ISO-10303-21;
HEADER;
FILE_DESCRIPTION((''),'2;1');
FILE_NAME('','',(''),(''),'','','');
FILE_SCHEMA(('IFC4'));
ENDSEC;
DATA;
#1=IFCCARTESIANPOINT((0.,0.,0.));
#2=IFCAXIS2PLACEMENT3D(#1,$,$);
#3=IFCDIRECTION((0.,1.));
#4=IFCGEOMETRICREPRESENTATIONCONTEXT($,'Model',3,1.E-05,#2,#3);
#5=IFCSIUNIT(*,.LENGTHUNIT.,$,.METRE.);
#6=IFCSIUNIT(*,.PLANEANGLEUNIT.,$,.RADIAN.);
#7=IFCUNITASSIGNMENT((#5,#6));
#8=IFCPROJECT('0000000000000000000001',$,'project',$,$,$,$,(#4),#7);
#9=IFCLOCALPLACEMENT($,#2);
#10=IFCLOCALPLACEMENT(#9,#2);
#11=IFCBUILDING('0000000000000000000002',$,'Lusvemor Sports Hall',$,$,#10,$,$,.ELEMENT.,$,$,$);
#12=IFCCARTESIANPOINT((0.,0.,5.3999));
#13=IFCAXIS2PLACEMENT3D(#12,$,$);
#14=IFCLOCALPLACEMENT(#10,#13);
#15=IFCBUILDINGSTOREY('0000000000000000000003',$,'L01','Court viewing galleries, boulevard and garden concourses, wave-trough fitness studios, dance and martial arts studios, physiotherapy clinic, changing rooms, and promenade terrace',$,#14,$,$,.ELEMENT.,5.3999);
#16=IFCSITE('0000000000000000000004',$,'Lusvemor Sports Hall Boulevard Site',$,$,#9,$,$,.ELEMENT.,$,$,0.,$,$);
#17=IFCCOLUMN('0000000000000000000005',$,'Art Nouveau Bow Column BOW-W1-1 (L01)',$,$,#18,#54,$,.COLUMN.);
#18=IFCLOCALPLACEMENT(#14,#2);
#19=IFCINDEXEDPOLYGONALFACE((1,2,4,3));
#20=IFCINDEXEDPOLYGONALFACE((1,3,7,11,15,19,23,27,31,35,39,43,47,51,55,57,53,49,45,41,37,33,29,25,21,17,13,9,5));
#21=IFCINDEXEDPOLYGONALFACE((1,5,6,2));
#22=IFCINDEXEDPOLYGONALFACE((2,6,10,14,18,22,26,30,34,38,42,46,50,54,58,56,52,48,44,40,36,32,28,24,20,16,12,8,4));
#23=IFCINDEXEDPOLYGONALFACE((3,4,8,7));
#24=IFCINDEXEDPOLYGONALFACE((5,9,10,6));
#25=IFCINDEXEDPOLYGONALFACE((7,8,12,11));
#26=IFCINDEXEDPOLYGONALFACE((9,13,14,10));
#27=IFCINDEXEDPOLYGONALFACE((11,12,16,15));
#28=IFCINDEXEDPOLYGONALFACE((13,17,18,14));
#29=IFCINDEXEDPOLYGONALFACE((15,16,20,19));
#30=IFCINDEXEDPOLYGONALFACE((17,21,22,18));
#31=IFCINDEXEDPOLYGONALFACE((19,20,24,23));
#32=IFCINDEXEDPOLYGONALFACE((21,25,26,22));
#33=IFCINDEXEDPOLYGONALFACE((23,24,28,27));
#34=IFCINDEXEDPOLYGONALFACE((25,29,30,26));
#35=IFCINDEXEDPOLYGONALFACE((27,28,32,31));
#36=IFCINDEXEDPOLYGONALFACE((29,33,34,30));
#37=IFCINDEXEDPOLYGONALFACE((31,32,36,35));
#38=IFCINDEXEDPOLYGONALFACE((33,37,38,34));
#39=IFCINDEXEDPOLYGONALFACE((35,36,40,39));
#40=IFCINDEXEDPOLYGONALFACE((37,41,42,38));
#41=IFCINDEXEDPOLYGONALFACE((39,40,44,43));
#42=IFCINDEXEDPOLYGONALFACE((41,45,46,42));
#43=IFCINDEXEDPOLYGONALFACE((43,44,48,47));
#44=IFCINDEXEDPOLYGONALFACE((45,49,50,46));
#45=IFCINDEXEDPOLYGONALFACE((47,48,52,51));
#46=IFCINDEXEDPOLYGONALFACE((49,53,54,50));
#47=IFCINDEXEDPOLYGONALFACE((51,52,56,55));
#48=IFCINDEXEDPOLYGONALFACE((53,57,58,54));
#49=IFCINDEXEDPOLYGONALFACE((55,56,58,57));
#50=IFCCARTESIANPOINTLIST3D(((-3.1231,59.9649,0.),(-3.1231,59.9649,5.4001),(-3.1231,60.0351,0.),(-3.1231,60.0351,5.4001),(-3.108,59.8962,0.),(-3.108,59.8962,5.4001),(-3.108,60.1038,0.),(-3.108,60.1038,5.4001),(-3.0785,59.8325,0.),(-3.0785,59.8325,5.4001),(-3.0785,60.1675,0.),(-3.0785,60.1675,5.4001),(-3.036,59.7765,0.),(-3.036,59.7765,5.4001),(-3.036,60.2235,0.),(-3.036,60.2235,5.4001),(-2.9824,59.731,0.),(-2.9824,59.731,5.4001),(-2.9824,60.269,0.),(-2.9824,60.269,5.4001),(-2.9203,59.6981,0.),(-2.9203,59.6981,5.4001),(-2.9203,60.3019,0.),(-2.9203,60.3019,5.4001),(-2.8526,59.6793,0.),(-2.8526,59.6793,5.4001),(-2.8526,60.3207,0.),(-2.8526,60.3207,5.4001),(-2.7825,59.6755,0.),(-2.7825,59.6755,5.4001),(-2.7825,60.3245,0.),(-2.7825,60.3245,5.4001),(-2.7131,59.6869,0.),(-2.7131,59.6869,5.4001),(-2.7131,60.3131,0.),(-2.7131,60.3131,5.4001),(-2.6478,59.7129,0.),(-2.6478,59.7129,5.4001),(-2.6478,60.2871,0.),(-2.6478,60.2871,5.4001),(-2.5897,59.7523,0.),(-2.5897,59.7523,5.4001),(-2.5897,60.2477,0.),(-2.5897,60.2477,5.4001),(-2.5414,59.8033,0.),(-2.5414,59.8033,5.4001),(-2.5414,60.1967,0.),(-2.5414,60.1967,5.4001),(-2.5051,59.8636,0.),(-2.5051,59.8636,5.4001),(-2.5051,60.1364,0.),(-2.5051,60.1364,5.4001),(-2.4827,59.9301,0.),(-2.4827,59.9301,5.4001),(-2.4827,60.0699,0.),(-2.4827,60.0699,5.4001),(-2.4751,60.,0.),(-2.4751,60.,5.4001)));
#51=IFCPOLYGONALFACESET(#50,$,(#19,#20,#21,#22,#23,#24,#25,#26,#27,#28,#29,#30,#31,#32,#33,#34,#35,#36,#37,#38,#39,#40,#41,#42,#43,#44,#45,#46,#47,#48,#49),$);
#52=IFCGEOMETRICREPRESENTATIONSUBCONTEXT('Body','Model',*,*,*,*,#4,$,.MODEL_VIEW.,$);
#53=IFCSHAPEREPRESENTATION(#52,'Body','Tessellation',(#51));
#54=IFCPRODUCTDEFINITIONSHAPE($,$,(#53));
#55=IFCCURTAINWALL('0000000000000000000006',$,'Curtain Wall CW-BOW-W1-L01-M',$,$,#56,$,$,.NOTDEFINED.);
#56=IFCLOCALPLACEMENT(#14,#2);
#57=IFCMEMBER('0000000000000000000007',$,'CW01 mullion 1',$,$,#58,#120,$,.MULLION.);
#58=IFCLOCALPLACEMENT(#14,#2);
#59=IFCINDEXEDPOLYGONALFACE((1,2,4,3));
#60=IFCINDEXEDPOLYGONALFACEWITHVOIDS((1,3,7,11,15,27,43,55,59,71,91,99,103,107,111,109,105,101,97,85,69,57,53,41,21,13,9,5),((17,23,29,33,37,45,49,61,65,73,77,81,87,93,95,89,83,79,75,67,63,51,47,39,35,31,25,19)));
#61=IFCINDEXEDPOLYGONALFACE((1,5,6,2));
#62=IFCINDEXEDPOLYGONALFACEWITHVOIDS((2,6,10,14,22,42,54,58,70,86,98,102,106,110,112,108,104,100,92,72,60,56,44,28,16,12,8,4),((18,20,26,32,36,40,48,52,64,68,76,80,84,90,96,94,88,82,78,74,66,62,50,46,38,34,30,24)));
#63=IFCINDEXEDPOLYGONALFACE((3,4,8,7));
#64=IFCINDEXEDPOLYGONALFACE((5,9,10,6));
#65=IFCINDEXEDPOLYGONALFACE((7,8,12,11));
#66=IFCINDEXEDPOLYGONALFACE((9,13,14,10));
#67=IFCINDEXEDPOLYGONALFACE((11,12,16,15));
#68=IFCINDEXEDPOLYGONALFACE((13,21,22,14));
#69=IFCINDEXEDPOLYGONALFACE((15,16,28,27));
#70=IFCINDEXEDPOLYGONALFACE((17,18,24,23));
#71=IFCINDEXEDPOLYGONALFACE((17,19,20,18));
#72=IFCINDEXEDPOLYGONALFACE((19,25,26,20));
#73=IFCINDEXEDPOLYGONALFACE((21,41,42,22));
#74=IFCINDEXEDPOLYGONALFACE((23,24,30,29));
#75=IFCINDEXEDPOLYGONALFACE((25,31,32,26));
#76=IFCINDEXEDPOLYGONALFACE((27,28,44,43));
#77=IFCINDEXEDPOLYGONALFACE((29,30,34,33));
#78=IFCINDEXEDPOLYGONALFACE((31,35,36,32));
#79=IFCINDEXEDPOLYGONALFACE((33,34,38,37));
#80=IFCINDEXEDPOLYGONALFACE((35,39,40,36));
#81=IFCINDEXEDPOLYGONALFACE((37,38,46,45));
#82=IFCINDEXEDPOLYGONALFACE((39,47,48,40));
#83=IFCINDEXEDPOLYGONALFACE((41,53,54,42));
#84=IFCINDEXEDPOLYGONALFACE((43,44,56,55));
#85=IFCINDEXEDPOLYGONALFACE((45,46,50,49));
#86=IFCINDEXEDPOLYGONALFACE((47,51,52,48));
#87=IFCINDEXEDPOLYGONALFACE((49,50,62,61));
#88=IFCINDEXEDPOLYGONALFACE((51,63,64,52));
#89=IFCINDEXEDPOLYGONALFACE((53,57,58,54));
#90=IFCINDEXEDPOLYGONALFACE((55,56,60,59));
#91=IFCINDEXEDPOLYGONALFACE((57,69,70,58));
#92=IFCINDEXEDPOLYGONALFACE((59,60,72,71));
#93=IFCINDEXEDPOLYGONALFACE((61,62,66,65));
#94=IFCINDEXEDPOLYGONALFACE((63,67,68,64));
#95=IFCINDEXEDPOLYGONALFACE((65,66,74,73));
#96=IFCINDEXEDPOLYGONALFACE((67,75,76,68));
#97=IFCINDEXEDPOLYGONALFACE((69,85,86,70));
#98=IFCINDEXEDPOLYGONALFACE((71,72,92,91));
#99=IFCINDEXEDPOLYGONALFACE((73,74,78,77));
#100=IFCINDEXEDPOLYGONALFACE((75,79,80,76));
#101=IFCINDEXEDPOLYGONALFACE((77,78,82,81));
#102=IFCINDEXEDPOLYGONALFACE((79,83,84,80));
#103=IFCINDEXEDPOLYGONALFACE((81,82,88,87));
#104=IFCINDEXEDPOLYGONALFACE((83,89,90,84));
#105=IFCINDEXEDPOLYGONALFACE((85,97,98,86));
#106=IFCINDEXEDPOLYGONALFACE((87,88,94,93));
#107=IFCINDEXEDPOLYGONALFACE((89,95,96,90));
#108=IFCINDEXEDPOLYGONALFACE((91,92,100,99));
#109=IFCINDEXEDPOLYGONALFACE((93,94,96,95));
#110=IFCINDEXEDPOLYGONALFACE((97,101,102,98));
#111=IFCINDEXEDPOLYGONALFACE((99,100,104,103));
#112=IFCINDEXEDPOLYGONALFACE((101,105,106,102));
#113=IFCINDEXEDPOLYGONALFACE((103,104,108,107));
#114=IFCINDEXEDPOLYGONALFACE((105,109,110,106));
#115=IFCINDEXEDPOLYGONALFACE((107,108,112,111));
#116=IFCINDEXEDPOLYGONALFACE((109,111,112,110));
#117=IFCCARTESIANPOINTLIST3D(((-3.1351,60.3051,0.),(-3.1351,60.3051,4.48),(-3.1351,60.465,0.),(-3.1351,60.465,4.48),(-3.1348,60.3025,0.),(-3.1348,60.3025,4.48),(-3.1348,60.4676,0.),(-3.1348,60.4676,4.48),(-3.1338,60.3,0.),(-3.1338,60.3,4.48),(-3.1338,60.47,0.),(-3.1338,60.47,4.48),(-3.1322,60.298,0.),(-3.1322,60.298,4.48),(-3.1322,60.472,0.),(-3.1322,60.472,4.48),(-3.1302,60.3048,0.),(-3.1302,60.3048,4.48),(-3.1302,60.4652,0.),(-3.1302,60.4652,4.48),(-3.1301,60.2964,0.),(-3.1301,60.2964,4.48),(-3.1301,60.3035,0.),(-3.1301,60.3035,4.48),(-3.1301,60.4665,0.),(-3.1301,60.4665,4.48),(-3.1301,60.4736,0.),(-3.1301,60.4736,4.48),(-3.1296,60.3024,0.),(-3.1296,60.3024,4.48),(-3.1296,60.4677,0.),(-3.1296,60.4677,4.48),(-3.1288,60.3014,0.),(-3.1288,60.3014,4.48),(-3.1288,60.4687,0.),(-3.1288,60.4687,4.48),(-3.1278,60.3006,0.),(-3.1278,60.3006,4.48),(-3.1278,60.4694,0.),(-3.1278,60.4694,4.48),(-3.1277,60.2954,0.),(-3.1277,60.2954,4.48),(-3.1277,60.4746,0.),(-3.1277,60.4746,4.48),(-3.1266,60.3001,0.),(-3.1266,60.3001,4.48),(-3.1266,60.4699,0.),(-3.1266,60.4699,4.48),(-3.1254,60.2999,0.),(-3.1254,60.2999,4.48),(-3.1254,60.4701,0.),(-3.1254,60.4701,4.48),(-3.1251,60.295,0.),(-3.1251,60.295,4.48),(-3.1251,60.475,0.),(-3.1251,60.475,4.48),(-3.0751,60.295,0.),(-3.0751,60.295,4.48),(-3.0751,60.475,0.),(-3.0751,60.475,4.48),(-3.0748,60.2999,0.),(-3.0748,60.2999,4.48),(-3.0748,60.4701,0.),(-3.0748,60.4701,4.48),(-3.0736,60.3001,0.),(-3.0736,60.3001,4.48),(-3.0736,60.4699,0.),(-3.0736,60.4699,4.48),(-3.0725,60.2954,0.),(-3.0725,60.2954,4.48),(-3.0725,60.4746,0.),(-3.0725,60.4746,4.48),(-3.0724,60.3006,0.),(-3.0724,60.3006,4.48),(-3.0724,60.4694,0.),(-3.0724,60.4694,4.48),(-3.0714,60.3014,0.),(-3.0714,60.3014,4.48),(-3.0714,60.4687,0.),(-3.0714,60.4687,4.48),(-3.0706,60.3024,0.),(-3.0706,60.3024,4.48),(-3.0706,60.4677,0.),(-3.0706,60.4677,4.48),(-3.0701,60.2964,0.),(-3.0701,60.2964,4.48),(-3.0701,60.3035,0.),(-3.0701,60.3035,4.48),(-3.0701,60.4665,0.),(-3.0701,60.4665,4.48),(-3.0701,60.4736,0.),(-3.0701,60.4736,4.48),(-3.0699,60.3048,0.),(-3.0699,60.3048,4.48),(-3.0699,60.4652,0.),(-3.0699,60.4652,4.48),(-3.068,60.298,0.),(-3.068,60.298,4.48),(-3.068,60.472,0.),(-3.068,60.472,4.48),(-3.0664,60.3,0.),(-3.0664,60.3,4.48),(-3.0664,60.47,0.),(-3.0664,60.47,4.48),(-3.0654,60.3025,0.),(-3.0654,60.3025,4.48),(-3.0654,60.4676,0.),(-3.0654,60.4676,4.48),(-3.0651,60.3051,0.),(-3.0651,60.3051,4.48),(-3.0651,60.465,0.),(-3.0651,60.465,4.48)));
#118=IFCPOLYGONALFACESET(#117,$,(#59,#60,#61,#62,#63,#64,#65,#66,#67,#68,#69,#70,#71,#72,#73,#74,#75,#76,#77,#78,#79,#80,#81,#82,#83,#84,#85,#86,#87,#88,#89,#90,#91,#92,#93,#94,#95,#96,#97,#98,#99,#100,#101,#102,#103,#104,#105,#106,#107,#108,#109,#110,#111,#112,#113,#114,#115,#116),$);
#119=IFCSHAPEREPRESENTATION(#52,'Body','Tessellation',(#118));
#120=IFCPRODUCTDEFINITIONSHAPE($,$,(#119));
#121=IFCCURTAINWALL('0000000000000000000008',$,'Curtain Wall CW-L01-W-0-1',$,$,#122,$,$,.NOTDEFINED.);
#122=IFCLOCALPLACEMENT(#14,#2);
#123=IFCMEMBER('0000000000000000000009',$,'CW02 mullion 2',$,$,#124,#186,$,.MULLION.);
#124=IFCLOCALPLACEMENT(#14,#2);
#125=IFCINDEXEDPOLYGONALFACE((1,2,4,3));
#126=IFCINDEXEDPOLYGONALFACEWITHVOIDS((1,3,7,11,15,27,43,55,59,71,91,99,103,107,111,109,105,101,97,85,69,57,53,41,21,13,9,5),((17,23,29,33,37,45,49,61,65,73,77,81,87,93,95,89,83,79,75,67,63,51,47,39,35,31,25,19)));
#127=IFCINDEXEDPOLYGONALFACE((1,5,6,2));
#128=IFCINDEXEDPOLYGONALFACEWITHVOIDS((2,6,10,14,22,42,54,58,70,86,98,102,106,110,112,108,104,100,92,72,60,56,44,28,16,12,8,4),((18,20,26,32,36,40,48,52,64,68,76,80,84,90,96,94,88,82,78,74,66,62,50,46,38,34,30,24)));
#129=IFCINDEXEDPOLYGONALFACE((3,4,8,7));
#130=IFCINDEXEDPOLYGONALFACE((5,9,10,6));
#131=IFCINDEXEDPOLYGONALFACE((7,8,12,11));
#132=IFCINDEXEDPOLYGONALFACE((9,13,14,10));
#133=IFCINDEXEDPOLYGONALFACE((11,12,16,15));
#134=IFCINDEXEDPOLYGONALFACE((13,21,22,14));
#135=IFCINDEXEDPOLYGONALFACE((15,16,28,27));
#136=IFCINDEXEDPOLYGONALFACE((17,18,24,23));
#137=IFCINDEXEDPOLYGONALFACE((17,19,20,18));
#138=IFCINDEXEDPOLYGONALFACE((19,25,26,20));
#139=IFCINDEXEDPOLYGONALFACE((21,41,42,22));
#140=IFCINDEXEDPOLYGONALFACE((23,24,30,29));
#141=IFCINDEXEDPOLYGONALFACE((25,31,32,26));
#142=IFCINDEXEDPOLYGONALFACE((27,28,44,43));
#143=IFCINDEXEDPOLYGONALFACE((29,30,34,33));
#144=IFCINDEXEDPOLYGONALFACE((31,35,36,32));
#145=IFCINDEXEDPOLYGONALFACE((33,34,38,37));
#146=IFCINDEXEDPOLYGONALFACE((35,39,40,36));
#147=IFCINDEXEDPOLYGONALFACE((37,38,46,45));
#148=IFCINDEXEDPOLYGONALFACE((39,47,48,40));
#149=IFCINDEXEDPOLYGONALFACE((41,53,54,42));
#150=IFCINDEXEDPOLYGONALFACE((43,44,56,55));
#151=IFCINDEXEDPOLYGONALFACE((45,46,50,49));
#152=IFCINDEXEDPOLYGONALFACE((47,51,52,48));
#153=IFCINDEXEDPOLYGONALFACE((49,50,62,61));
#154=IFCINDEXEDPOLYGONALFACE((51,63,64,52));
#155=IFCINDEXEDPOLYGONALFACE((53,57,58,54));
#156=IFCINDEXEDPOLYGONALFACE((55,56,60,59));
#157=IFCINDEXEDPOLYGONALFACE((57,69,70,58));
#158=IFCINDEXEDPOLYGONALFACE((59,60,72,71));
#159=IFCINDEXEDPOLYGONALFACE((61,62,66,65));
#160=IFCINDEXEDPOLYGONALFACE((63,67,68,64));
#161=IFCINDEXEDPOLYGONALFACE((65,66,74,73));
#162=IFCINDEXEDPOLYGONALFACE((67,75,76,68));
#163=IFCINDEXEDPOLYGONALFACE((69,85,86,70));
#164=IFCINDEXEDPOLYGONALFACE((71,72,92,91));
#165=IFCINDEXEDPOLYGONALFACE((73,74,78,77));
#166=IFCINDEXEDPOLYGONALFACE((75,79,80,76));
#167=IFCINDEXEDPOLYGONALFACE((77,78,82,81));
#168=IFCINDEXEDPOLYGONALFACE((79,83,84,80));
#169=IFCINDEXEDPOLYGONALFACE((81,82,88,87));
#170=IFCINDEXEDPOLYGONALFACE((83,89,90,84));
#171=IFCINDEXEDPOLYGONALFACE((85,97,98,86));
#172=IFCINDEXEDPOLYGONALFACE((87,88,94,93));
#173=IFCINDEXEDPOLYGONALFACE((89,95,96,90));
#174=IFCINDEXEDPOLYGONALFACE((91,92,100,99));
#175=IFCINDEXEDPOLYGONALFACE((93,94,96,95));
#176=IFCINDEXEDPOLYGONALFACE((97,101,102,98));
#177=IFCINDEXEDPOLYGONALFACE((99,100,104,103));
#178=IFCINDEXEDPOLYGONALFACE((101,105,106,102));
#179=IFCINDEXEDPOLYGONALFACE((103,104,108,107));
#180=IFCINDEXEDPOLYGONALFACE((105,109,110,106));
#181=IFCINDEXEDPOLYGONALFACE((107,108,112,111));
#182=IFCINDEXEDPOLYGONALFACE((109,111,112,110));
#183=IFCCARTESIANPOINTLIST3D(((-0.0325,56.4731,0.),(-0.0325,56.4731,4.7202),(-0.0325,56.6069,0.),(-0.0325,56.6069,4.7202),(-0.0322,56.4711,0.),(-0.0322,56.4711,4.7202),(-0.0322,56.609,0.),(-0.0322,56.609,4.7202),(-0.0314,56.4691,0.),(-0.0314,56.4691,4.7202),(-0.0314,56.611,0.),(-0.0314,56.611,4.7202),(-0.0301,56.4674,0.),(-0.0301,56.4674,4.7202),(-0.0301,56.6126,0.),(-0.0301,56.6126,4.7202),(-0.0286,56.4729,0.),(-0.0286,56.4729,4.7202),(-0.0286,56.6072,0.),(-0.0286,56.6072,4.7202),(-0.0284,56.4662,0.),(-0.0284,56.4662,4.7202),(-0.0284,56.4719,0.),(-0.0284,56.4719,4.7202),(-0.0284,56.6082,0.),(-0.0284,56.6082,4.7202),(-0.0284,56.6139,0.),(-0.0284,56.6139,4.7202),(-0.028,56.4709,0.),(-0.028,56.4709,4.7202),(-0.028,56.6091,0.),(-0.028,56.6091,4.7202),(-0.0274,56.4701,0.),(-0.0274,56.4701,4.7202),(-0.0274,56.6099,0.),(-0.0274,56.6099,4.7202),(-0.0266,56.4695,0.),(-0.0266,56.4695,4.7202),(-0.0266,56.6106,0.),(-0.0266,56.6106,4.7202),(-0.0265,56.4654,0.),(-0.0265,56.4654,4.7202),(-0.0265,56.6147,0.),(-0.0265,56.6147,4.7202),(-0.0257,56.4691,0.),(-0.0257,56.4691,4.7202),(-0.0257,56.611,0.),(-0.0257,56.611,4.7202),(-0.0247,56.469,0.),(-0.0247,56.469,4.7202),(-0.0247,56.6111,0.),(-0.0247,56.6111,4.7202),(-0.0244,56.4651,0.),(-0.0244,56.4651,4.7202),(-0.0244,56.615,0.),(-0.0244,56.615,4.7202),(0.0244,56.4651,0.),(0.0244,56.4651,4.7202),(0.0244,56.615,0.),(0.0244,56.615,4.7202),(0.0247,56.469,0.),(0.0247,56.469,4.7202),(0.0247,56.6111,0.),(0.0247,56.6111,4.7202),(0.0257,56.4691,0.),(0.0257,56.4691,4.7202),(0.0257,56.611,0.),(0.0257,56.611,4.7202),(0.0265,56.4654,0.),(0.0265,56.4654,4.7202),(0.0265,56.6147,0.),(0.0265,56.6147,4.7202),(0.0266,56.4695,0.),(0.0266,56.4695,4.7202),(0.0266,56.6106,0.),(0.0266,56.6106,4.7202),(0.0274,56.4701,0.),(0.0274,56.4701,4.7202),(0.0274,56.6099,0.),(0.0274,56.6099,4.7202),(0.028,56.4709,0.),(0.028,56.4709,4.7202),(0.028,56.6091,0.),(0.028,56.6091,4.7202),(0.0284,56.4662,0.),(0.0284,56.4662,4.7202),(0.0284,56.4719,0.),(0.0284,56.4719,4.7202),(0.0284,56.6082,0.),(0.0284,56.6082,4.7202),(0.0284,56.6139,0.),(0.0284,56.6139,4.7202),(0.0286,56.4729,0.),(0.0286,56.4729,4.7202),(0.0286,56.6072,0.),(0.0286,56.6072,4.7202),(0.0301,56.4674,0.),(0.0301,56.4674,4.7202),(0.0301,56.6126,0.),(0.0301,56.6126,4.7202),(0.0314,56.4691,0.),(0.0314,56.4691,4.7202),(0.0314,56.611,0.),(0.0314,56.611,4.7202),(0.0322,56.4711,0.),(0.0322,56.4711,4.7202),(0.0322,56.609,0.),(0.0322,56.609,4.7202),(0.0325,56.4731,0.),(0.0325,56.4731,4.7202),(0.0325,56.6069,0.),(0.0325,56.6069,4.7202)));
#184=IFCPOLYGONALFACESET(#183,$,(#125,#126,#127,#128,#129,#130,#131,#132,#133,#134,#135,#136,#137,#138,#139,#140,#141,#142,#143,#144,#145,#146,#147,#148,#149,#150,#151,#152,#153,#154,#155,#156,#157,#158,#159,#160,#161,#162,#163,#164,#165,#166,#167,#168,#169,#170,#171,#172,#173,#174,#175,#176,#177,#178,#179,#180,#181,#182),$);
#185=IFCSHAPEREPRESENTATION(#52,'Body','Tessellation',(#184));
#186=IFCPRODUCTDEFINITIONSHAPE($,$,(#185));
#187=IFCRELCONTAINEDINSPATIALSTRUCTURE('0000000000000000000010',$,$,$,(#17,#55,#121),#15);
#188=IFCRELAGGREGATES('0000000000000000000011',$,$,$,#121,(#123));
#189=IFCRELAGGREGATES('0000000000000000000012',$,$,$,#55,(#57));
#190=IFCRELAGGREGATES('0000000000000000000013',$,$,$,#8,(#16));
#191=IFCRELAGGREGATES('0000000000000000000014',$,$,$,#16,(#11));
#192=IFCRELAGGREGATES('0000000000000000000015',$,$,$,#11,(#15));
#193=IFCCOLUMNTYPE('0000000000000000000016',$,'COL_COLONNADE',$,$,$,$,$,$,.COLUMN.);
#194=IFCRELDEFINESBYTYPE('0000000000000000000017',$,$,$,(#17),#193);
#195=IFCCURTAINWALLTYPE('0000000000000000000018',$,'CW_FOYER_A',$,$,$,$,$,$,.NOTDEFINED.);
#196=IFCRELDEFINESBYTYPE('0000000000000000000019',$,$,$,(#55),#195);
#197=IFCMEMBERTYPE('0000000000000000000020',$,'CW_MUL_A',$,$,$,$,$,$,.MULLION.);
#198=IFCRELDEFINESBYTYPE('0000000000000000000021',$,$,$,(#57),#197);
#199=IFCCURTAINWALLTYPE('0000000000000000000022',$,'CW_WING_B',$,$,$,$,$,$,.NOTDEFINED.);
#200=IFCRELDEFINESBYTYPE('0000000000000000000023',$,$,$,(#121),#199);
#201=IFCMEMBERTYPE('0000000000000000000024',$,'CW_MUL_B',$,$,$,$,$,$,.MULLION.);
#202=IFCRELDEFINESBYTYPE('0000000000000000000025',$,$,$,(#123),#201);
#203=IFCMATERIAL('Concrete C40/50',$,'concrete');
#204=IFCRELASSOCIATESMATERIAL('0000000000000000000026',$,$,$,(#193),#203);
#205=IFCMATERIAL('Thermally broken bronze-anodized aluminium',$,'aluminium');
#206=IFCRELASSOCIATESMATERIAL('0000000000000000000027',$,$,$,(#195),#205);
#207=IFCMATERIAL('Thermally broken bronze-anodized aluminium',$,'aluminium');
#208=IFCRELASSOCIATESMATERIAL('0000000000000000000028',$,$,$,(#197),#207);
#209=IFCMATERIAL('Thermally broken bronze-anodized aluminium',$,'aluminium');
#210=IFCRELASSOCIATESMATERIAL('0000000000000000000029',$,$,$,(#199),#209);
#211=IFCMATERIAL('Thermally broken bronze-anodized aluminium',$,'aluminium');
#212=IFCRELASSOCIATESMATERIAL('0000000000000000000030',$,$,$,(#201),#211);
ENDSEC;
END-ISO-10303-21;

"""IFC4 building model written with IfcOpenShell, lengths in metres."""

from ifc_helpers import new_model, si_unit, direction, frame, origin, origin_2d, place, context, subcontext, project, spatial, hollow_rectangle, circle, extrude, material, material_profile, profile_set, type_object, element, aggregate, save


model = new_model("IFC4")

# Units and contexts
model_context = context("Model", 3, precision=1e-05, world=origin(), true_north=direction((0.0, 1.0)))
body_context = subcontext(model_context, "Body", "Model", "MODEL_VIEW")
ifc_project = project(units=[si_unit("LENGTHUNIT", "METRE"), si_unit("PLANEANGLEUNIT", "RADIAN")], contexts=[model_context])

# Site, building, storey
site_placement = place(None, origin())
site = spatial("IfcSite", under=ifc_project, at=site_placement, Name="Lusvemor Sports Hall Boulevard Site", CompositionType="ELEMENT", RefElevation=0.0)
building_placement = place(site_placement, origin())
building = spatial("IfcBuilding", under=site, at=building_placement, Name="Lusvemor Sports Hall", CompositionType="ELEMENT")
storey_placement = place(building_placement, frame((0.0, 0.0, 5.3999)))
storey = spatial("IfcBuildingStorey", under=building, at=storey_placement, Name="L01", Description="Court viewing galleries, boulevard and garden concourses, wave-trough fitness studios, dance and martial arts studios, physiotherapy clinic, changing rooms, and promenade terrace", CompositionType="ELEMENT", Elevation=5.3999)

# Column
ifc_material_1 = material(Name="Concrete C40/50", Category="concrete")
ifc_material_profile_1 = material_profile(ifc_material_1, circle(Radius=0.325, at=origin_2d()), Name="RCCIRC650")
ifc_profile_set_1 = profile_set([ifc_material_profile_1], Name="Concrete C40/50")
column_type = type_object("IfcColumnType", Name="COL_COLONNADE", PredefinedType="COLUMN", material=ifc_profile_set_1)
column_placement = place(storey_placement, frame((-2.8, 60.0, 0.0), z_axis=(0.0, 0.0, 1.0), x_axis=(1.0, 0.0, 0.0)))
element("IfcColumn", 1, at=column_placement, inside=storey, type_object=column_type, Name="Art Nouveau Bow Column BOW-W1-1 (L01)", PredefinedType="COLUMN", context=body_context, shape_type="SweptSolid", body=[
    extrude(circle(Radius=0.325, at=origin_2d()), origin(), (0.0, 0.0, 1.0), 5.4001),
])

# Curtain wall, member
ifc_material_2 = material(Name="Thermally broken bronze-anodized aluminium", Category="aluminium")
curtain_wall_type_1 = type_object("IfcCurtainWallType", Name="CW_FOYER_A", PredefinedType="NOTDEFINED", material=ifc_material_2)
curtain_wall_1_placement = place(storey_placement, origin())
curtain_wall_1 = element("IfcCurtainWall", 2, at=curtain_wall_1_placement, inside=storey, type_object=curtain_wall_type_1, Name="Curtain Wall CW-BOW-W1-L01-M", PredefinedType="NOTDEFINED")
ifc_material_3 = material(Name="Thermally broken bronze-anodized aluminium", Category="aluminium")
ifc_material_profile_2 = material_profile(ifc_material_3, hollow_rectangle(XDim=0.0701, YDim=0.1799, WallThickness=0.0049, InnerFilletRadius=0.0049, OuterFilletRadius=0.01, at=origin_2d()), Name="CWMUL180x70x5")
ifc_profile_set_2 = profile_set([ifc_material_profile_2], Name="Thermally broken bronze-anodized aluminium")
member_type_1 = type_object("IfcMemberType", Name="CW_MUL_A", PredefinedType="MULLION", material=ifc_profile_set_2)
member_1_placement = place(storey_placement, frame((-3.1001, 60.385, 0.0), z_axis=(0.0, 0.0, 1.0), x_axis=(-1.0, 0.0, 0.0)))
member_1 = element("IfcMember", 3, at=member_1_placement, type_object=member_type_1, Name="CW01 mullion 1", PredefinedType="MULLION", context=body_context, shape_type="SweptSolid", body=[
    extrude(hollow_rectangle(XDim=0.0701, YDim=0.1799, WallThickness=0.0049, InnerFilletRadius=0.0049, OuterFilletRadius=0.01, at=origin_2d()), origin(), (0.0, 0.0, 1.0), 4.48),
])

# Curtain wall, member
ifc_material_4 = material(Name="Thermally broken bronze-anodized aluminium", Category="aluminium")
curtain_wall_type_2 = type_object("IfcCurtainWallType", Name="CW_WING_B", PredefinedType="NOTDEFINED", material=ifc_material_4)
curtain_wall_2_placement = place(storey_placement, origin())
curtain_wall_2 = element("IfcCurtainWall", 4, at=curtain_wall_2_placement, inside=storey, type_object=curtain_wall_type_2, Name="Curtain Wall CW-L01-W-0-1", PredefinedType="NOTDEFINED")
ifc_material_5 = material(Name="Thermally broken bronze-anodized aluminium", Category="aluminium")
ifc_material_profile_3 = material_profile(ifc_material_5, hollow_rectangle(XDim=0.0649, YDim=0.1499, WallThickness=0.0039, InnerFilletRadius=0.0039, OuterFilletRadius=0.0081, at=origin_2d()), Name="CWMUL150x65x4")
ifc_profile_set_3 = profile_set([ifc_material_profile_3], Name="Thermally broken bronze-anodized aluminium")
member_type_2 = type_object("IfcMemberType", Name="CW_MUL_B", PredefinedType="MULLION", material=ifc_profile_set_3)
member_2_placement = place(storey_placement, frame((0.0, 56.54, 0.0), z_axis=(0.0, 0.0, 1.0), x_axis=(-1.0, 0.0, 0.0)))
member_2 = element("IfcMember", 5, at=member_2_placement, type_object=member_type_2, Name="CW02 mullion 2", PredefinedType="MULLION", context=body_context, shape_type="SweptSolid", body=[
    extrude(hollow_rectangle(XDim=0.0649, YDim=0.1499, WallThickness=0.0039, InnerFilletRadius=0.0039, OuterFilletRadius=0.0081, at=origin_2d()), origin(), (0.0, 0.0, 1.0), 4.7202),
])

aggregate(curtain_wall_2, [member_2])
aggregate(curtain_wall_1, [member_1])

save(model, "model.ifc")
